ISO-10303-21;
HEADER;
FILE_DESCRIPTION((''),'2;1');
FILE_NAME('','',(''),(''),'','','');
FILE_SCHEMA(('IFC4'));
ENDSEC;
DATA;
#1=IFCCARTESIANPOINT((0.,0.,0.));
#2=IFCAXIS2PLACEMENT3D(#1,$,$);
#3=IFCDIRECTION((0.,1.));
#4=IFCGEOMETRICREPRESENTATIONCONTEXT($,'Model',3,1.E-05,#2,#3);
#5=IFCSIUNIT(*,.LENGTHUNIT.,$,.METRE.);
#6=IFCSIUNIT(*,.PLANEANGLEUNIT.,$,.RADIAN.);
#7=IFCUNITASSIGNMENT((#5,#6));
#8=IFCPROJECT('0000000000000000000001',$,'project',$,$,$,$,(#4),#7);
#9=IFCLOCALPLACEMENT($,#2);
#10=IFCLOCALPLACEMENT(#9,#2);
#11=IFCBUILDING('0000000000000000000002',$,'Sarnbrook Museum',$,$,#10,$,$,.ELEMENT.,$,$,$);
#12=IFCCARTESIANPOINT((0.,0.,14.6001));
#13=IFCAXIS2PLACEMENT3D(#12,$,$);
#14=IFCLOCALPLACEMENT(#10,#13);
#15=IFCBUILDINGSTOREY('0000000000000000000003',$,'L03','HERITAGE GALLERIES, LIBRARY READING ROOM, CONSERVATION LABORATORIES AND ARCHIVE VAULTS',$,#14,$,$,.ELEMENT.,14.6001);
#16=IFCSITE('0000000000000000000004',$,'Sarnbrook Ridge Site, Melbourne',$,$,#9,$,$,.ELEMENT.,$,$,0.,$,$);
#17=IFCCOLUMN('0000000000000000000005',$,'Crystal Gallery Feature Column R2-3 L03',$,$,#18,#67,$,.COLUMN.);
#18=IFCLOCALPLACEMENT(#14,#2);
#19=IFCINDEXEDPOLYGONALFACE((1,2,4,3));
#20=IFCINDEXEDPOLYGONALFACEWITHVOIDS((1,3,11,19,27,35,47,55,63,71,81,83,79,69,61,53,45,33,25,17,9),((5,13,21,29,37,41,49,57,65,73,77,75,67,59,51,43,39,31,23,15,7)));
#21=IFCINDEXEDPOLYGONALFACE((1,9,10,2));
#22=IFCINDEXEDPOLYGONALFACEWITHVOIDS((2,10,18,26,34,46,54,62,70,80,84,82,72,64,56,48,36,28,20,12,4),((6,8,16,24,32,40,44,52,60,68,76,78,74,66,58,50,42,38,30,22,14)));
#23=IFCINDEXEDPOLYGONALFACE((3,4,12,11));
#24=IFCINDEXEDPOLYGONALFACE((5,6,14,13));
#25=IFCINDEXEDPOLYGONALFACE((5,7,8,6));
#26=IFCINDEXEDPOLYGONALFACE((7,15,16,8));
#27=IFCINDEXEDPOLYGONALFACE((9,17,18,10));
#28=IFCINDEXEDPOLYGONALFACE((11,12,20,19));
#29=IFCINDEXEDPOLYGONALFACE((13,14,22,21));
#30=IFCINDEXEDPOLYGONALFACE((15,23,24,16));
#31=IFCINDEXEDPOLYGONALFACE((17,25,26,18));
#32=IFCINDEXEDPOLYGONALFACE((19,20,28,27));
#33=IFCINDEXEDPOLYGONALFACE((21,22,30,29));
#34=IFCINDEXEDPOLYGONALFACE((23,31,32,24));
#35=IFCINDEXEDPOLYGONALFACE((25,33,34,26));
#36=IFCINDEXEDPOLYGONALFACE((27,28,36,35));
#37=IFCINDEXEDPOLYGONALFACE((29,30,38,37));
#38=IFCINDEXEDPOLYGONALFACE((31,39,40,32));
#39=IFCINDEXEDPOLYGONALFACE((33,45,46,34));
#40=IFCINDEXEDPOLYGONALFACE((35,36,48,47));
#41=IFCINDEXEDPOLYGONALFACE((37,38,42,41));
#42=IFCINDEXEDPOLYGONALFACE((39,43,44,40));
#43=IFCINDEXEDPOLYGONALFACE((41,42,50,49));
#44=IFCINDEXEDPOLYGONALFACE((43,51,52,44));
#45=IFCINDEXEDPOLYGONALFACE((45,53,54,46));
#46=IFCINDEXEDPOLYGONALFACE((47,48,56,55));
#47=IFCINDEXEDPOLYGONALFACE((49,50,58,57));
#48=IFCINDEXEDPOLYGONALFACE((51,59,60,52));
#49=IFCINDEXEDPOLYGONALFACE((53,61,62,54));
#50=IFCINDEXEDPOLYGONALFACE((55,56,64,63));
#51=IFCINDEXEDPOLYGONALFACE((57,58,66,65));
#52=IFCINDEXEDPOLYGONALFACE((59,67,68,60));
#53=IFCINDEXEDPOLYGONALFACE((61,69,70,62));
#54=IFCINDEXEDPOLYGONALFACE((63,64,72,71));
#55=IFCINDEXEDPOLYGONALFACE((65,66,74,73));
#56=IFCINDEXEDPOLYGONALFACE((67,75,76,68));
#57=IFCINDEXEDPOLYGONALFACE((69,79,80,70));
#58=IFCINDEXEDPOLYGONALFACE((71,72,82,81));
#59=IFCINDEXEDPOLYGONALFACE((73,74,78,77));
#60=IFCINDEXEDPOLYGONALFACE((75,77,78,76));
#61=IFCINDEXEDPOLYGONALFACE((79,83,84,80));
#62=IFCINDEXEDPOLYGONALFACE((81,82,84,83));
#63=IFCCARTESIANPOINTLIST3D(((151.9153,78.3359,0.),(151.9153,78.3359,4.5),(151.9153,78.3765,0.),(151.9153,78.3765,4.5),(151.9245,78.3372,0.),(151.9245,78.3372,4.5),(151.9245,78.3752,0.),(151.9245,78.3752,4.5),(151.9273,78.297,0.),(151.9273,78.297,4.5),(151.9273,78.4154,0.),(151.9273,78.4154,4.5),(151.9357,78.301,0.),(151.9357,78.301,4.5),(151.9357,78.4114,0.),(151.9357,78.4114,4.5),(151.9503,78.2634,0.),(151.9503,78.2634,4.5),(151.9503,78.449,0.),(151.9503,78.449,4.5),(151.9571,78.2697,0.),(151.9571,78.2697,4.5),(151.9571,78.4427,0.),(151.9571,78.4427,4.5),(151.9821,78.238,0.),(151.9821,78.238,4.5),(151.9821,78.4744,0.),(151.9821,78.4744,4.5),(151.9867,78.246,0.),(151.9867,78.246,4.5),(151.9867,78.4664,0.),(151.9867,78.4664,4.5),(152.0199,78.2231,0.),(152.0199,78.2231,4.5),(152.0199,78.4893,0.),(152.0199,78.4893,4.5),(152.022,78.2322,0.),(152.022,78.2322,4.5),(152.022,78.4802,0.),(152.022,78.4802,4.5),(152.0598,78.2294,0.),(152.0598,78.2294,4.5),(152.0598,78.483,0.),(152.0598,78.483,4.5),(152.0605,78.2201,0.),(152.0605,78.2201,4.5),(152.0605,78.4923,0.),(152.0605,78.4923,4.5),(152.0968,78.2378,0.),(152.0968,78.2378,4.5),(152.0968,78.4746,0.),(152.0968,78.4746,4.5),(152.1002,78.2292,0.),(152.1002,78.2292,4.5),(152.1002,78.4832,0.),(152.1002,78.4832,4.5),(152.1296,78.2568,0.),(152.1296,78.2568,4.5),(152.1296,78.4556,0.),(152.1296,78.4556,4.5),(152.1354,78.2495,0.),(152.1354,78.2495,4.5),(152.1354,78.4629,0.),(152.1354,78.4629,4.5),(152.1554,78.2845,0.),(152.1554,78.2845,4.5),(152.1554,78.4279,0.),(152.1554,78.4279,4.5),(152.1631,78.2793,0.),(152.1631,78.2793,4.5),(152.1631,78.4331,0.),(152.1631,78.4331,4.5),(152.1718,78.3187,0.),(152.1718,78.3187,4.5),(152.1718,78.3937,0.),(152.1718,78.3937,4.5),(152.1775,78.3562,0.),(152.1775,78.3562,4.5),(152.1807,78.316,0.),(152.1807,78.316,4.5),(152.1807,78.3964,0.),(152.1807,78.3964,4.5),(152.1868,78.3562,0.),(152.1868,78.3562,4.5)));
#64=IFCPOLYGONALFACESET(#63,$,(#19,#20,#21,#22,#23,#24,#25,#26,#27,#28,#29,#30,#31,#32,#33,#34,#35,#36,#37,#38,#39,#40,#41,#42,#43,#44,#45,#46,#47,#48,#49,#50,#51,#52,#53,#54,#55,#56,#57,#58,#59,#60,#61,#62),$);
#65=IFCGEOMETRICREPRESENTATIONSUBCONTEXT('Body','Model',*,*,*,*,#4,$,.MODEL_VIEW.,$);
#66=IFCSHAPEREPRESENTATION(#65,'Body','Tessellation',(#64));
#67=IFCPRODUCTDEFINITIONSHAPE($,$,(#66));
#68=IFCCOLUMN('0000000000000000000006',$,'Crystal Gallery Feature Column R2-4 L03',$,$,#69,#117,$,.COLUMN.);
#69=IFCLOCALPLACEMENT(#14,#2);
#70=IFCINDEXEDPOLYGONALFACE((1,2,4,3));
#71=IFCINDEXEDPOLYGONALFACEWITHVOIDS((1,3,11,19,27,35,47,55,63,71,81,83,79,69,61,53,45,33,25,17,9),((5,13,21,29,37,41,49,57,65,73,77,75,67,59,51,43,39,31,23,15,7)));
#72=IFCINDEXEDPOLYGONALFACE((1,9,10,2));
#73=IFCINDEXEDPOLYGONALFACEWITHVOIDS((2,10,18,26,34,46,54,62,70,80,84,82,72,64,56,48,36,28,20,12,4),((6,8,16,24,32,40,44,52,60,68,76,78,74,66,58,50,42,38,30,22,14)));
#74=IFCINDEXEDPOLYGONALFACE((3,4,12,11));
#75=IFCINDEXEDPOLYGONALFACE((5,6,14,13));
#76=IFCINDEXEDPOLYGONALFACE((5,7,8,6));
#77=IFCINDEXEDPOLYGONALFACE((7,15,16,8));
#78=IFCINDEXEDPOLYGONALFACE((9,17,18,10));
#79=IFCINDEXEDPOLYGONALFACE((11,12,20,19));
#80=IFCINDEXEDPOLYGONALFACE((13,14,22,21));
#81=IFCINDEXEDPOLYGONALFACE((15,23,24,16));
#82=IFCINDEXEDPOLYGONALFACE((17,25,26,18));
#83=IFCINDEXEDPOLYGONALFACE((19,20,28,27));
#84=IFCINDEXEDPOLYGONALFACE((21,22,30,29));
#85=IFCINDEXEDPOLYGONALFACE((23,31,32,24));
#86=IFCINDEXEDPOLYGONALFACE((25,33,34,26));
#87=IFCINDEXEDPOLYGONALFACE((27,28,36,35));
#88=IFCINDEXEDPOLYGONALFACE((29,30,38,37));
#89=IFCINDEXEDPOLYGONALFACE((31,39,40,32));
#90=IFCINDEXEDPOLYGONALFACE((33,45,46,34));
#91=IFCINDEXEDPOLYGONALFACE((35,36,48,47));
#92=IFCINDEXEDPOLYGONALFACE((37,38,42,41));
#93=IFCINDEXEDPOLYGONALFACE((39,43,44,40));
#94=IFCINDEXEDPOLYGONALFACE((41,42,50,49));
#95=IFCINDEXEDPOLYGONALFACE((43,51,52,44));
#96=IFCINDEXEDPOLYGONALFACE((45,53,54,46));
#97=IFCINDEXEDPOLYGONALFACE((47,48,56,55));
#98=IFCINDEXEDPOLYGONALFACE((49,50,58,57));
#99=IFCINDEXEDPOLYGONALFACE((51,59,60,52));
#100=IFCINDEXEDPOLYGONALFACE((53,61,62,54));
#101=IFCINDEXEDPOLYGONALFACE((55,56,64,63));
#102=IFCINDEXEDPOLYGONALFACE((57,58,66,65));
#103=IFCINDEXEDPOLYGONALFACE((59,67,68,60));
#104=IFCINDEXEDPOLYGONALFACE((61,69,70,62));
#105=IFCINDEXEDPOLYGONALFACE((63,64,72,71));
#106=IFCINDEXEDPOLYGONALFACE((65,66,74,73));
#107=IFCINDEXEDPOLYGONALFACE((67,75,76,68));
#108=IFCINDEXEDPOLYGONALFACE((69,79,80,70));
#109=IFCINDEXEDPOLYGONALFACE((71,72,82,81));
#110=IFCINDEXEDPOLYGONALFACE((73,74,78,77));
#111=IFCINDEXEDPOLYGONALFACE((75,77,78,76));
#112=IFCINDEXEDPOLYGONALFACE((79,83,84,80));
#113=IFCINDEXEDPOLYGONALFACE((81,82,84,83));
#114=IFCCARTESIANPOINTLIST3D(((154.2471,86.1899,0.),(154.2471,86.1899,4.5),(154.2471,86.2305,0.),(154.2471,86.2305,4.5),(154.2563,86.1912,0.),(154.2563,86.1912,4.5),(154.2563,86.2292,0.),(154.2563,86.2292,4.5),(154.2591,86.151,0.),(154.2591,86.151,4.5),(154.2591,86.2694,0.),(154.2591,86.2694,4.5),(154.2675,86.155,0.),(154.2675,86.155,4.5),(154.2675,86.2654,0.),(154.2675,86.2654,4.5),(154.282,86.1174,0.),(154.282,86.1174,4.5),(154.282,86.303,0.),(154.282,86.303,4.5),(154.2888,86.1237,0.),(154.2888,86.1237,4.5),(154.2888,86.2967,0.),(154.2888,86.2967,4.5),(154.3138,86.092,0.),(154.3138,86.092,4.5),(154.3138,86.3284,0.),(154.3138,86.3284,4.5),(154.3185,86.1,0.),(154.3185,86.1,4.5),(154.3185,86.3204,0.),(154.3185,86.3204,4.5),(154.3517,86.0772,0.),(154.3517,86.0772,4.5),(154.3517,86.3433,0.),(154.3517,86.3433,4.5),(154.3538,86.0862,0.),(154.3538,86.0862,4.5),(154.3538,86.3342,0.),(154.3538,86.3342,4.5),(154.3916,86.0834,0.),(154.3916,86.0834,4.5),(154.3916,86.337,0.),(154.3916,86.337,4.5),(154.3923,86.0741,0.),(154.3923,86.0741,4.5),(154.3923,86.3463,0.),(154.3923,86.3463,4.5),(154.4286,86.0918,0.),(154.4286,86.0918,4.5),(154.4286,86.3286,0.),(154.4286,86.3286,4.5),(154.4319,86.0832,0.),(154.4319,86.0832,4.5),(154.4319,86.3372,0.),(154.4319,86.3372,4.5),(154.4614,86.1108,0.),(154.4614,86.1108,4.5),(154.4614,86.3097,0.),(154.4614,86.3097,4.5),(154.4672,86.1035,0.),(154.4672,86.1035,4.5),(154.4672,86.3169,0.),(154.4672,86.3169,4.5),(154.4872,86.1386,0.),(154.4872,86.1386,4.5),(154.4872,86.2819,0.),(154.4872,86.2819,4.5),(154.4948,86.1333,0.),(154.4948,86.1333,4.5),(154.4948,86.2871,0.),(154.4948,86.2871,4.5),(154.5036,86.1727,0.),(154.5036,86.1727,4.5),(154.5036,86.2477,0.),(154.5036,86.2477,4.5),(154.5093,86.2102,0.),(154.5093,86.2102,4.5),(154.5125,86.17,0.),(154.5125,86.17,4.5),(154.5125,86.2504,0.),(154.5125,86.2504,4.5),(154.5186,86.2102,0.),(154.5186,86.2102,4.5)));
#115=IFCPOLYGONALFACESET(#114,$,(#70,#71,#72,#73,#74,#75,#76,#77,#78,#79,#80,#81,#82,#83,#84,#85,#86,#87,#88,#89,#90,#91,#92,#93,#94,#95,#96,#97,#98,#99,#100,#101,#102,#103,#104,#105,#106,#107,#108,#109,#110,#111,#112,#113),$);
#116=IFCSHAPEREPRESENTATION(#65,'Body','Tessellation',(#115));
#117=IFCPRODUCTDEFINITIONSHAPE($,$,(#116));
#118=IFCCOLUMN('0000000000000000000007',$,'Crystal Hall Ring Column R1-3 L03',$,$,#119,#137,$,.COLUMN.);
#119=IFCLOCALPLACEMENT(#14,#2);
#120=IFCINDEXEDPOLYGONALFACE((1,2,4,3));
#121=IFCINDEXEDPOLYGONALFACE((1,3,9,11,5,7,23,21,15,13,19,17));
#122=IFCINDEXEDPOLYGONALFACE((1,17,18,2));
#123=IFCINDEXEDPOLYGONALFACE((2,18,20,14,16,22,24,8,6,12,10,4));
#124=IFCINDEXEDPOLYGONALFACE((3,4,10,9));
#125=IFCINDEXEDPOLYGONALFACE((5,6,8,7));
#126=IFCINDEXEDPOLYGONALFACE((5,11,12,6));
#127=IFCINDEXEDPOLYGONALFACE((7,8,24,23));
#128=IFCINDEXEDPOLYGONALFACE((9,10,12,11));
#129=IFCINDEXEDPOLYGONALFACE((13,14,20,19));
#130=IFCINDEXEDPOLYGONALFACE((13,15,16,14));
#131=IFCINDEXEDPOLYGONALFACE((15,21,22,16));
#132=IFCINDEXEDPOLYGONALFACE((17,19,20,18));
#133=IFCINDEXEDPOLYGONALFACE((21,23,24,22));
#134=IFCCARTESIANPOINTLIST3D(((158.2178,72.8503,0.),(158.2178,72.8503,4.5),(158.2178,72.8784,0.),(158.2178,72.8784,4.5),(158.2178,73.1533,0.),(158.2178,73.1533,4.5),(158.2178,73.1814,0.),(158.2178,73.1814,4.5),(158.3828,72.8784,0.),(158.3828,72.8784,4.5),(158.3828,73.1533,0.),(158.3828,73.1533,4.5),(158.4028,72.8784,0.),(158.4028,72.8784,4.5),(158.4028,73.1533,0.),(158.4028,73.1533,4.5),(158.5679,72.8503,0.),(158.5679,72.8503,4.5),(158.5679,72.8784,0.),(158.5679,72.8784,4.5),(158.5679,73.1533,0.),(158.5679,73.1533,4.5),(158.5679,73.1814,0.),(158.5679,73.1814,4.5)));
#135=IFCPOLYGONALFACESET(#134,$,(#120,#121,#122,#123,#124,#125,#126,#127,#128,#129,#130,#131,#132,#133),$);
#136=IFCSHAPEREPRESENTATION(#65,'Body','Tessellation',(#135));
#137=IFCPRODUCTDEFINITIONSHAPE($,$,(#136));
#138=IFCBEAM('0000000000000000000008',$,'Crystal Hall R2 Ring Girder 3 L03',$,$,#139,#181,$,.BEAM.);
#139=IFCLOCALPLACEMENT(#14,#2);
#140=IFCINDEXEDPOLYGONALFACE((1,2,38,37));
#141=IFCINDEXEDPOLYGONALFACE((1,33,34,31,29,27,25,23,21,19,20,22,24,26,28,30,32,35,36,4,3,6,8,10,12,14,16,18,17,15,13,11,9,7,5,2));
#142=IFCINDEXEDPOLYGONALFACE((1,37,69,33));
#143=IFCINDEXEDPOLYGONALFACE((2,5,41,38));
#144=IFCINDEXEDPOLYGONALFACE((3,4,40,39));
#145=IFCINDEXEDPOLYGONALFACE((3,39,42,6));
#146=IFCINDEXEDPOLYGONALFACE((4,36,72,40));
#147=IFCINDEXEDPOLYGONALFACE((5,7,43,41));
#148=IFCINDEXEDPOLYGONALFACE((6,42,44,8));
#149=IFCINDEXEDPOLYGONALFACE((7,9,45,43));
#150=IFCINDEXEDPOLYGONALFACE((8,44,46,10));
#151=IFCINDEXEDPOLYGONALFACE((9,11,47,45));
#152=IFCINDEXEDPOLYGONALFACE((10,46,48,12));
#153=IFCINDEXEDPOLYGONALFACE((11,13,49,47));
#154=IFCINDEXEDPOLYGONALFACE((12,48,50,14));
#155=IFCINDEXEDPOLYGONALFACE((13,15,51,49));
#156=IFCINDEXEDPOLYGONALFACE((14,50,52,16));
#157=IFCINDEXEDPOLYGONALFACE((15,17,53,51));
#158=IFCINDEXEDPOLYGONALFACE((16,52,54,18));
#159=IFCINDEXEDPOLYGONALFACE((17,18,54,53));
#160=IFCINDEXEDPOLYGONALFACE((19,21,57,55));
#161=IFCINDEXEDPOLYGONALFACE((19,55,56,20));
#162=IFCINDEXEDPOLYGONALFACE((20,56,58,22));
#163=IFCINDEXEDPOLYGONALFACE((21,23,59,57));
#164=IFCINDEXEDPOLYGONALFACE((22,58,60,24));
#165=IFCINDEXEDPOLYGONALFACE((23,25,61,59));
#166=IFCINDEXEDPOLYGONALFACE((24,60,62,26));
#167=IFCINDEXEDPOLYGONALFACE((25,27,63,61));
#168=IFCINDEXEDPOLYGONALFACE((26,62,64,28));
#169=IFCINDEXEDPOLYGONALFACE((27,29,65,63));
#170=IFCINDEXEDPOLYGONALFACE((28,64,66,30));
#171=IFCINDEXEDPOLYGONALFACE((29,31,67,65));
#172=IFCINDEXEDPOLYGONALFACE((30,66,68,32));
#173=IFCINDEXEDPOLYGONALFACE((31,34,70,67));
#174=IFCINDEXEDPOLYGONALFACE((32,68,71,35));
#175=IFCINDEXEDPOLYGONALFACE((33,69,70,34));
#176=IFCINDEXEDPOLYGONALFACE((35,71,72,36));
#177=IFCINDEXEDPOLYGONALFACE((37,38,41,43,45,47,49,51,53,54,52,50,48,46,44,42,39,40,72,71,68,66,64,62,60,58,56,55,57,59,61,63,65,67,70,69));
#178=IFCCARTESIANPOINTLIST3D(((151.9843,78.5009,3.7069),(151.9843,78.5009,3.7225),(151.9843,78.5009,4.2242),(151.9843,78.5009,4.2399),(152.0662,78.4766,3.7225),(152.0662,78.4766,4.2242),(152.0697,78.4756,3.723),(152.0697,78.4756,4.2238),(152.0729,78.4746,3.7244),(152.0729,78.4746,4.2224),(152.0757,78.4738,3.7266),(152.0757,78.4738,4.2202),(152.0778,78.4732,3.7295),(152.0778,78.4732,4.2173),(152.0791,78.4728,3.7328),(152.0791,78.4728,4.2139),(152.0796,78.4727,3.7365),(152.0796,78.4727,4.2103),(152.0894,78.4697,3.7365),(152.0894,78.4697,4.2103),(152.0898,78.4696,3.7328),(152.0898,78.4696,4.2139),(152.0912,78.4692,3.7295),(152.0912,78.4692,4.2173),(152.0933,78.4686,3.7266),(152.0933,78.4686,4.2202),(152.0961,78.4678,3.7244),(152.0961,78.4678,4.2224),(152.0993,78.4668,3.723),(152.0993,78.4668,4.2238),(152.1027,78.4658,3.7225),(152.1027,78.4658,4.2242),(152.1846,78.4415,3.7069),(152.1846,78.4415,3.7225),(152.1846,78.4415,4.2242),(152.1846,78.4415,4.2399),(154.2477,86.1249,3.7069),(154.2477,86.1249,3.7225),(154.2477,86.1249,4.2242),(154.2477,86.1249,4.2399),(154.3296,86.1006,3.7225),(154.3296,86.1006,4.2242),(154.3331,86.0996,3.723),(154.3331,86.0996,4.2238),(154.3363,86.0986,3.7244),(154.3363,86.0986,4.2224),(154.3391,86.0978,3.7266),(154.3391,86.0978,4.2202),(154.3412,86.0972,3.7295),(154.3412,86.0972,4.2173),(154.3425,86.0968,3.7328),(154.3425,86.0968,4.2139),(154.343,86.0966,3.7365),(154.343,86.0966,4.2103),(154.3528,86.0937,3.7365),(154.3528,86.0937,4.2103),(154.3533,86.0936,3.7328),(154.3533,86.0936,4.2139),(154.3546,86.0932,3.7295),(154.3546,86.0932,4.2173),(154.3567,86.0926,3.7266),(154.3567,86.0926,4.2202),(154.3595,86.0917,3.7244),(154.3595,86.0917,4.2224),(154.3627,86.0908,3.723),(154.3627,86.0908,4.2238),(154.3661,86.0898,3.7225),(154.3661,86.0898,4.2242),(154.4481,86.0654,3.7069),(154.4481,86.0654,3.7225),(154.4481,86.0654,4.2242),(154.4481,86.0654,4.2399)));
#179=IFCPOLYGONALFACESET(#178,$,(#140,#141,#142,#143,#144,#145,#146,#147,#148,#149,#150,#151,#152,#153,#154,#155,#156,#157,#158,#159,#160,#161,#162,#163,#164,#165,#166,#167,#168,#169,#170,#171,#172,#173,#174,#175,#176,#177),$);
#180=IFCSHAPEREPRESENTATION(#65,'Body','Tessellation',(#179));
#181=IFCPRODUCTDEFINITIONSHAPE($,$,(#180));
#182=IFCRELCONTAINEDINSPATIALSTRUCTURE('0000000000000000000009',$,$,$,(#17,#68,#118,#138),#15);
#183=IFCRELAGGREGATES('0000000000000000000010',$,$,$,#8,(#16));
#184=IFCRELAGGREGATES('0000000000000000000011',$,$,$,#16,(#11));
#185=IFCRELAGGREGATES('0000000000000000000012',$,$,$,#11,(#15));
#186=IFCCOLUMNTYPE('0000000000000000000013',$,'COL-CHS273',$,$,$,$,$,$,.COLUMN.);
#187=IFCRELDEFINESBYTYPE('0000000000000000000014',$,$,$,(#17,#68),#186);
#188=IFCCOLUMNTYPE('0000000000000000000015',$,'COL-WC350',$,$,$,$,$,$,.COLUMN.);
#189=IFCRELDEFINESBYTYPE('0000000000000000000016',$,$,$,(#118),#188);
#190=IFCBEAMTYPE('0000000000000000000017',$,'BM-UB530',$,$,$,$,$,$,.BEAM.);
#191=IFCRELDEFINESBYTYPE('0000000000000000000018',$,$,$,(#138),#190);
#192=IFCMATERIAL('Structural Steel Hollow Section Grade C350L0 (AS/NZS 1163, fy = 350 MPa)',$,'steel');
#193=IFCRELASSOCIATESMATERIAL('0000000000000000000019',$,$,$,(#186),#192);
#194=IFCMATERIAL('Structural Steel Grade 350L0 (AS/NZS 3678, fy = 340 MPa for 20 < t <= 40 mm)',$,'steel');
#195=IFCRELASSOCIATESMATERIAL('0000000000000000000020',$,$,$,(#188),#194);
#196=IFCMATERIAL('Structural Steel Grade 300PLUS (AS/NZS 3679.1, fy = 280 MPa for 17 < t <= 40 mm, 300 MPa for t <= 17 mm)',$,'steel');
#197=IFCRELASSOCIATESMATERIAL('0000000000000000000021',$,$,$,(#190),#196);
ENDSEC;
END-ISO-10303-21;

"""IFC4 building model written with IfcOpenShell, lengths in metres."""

from ifc_helpers import new_model, si_unit, direction, frame, origin, origin_2d, place, context, subcontext, project, spatial, hollow_circle, i_section, extrude, material, material_profile, profile_set, type_object, element, save


model = new_model("IFC4")

# Units and contexts
model_context = context("Model", 3, precision=1e-05, world=origin(), true_north=direction((0.0, 1.0)))
body_context = subcontext(model_context, "Body", "Model", "MODEL_VIEW")
ifc_project = project(units=[si_unit("LENGTHUNIT", "METRE"), si_unit("PLANEANGLEUNIT", "RADIAN")], contexts=[model_context])

# Site, building, storey
site_placement = place(None, origin())
site = spatial("IfcSite", under=ifc_project, at=site_placement, Name="Sarnbrook Ridge Site, Melbourne", CompositionType="ELEMENT", RefElevation=0.0)
building_placement = place(site_placement, origin())
building = spatial("IfcBuilding", under=site, at=building_placement, Name="Sarnbrook Museum", CompositionType="ELEMENT")
storey_placement = place(building_placement, frame((0.0, 0.0, 14.6001)))
storey = spatial("IfcBuildingStorey", under=building, at=storey_placement, Name="L03", Description="HERITAGE GALLERIES, LIBRARY READING ROOM, CONSERVATION LABORATORIES AND ARCHIVE VAULTS", CompositionType="ELEMENT", Elevation=14.6001)

# Columns
ifc_material_1 = material(Name="Structural Steel Hollow Section Grade C350L0 (AS/NZS 1163, fy = 350 MPa)", Category="steel")
ifc_material_profile_1 = material_profile(ifc_material_1, hollow_circle(Radius=0.1365, WallThickness=0.0093, at=origin_2d()), Name="273.1x9.3CHS")
ifc_profile_set_1 = profile_set([ifc_material_profile_1], Name="Structural Steel Hollow Section Grade C350L0 (AS/NZS 1163, fy = 350 MPa)")
column_type_1 = type_object("IfcColumnType", Name="COL-CHS273", PredefinedType="COLUMN", material=ifc_profile_set_1)
for number, where, z_axis, x_axis, name in (
    (1, (152.0503, 78.3562, 0.0), (0.0, 0.0, 1.0), (1.0, 0.0, 0.0), "Crystal Gallery Feature Column R2-3 L03"),
    (2, (154.3821, 86.2102, 0.0), (0.0, 0.0, 1.0), (1.0, 0.0, 0.0), "Crystal Gallery Feature Column R2-4 L03"),
):
    element("IfcColumn", number, at=place(storey_placement, frame(where, z_axis=z_axis, x_axis=x_axis)), inside=storey, type_object=column_type_1, Name=name, PredefinedType="COLUMN", context=body_context, shape_type="SweptSolid", body=[
        extrude(hollow_circle(Radius=0.1365, WallThickness=0.0093, at=origin_2d()), origin(), (0.0, 0.0, 1.0), 4.5),
    ])
ifc_material_2 = material(Name="Structural Steel Grade 350L0 (AS/NZS 3678, fy = 340 MPa for 20 < t <= 40 mm)", Category="steel")
ifc_material_profile_2 = material_profile(ifc_material_2, i_section(OverallWidth=0.3501, OverallDepth=0.3311, WebThickness=0.02, FlangeThickness=0.0281, at=origin_2d()), Name="350WC197")
ifc_profile_set_2 = profile_set([ifc_material_profile_2], Name="Structural Steel Grade 350L0 (AS/NZS 3678, fy = 340 MPa for 20 < t <= 40 mm)")
column_type_2 = type_object("IfcColumnType", Name="COL-WC350", PredefinedType="COLUMN", material=ifc_profile_set_2)
column_placement = place(storey_placement, frame((158.3928, 73.0159, 0.0), z_axis=(0.0, 0.0, 1.0), x_axis=(1.0, 0.0, 0.0)))
element("IfcColumn", 3, at=column_placement, inside=storey, type_object=column_type_2, Name="Crystal Hall Ring Column R1-3 L03", PredefinedType="COLUMN", context=body_context, shape_type="SweptSolid", body=[
    extrude(i_section(OverallWidth=0.3501, OverallDepth=0.3311, WebThickness=0.02, FlangeThickness=0.0281, at=origin_2d()), origin(), (0.0, 0.0, 1.0), 4.5),
])

# Beam
ifc_material_3 = material(Name="Structural Steel Grade 300PLUS (AS/NZS 3679.1, fy = 280 MPa for 17 < t <= 40 mm, 300 MPa for t <= 17 mm)", Category="steel")
ifc_material_profile_3 = material_profile(ifc_material_3, i_section(OverallWidth=0.209, OverallDepth=0.533, WebThickness=0.0103, FlangeThickness=0.0156, FilletRadius=0.0139, at=origin_2d()), Name="530UB92.4")
ifc_profile_set_3 = profile_set([ifc_material_profile_3], Name="Structural Steel Grade 300PLUS (AS/NZS 3679.1, fy = 280 MPa for 17 < t <= 40 mm, 300 MPa for t <= 17 mm)")
beam_type_1 = type_object("IfcBeamType", Name="BM-UB530", PredefinedType="BEAM", material=ifc_profile_set_3)
beam_1_placement = place(storey_placement, frame((152.0845, 78.4712, 3.9734), z_axis=(0.284604, 0.958645, 0.0), x_axis=(-0.958645, 0.284604, 0.0)))
element("IfcBeam", 4, at=beam_1_placement, inside=storey, type_object=beam_type_1, Name="Crystal Hall R2 Ring Girder 3 L03", PredefinedType="BEAM", context=body_context, shape_type="SweptSolid", body=[
    extrude(i_section(OverallWidth=0.209, OverallDepth=0.533, WebThickness=0.0103, FlangeThickness=0.0156, FilletRadius=0.0139, at=origin_2d()), origin(), (0.0, 0.0, 1.0), 7.9529),
])

save(model, "model.ifc")
